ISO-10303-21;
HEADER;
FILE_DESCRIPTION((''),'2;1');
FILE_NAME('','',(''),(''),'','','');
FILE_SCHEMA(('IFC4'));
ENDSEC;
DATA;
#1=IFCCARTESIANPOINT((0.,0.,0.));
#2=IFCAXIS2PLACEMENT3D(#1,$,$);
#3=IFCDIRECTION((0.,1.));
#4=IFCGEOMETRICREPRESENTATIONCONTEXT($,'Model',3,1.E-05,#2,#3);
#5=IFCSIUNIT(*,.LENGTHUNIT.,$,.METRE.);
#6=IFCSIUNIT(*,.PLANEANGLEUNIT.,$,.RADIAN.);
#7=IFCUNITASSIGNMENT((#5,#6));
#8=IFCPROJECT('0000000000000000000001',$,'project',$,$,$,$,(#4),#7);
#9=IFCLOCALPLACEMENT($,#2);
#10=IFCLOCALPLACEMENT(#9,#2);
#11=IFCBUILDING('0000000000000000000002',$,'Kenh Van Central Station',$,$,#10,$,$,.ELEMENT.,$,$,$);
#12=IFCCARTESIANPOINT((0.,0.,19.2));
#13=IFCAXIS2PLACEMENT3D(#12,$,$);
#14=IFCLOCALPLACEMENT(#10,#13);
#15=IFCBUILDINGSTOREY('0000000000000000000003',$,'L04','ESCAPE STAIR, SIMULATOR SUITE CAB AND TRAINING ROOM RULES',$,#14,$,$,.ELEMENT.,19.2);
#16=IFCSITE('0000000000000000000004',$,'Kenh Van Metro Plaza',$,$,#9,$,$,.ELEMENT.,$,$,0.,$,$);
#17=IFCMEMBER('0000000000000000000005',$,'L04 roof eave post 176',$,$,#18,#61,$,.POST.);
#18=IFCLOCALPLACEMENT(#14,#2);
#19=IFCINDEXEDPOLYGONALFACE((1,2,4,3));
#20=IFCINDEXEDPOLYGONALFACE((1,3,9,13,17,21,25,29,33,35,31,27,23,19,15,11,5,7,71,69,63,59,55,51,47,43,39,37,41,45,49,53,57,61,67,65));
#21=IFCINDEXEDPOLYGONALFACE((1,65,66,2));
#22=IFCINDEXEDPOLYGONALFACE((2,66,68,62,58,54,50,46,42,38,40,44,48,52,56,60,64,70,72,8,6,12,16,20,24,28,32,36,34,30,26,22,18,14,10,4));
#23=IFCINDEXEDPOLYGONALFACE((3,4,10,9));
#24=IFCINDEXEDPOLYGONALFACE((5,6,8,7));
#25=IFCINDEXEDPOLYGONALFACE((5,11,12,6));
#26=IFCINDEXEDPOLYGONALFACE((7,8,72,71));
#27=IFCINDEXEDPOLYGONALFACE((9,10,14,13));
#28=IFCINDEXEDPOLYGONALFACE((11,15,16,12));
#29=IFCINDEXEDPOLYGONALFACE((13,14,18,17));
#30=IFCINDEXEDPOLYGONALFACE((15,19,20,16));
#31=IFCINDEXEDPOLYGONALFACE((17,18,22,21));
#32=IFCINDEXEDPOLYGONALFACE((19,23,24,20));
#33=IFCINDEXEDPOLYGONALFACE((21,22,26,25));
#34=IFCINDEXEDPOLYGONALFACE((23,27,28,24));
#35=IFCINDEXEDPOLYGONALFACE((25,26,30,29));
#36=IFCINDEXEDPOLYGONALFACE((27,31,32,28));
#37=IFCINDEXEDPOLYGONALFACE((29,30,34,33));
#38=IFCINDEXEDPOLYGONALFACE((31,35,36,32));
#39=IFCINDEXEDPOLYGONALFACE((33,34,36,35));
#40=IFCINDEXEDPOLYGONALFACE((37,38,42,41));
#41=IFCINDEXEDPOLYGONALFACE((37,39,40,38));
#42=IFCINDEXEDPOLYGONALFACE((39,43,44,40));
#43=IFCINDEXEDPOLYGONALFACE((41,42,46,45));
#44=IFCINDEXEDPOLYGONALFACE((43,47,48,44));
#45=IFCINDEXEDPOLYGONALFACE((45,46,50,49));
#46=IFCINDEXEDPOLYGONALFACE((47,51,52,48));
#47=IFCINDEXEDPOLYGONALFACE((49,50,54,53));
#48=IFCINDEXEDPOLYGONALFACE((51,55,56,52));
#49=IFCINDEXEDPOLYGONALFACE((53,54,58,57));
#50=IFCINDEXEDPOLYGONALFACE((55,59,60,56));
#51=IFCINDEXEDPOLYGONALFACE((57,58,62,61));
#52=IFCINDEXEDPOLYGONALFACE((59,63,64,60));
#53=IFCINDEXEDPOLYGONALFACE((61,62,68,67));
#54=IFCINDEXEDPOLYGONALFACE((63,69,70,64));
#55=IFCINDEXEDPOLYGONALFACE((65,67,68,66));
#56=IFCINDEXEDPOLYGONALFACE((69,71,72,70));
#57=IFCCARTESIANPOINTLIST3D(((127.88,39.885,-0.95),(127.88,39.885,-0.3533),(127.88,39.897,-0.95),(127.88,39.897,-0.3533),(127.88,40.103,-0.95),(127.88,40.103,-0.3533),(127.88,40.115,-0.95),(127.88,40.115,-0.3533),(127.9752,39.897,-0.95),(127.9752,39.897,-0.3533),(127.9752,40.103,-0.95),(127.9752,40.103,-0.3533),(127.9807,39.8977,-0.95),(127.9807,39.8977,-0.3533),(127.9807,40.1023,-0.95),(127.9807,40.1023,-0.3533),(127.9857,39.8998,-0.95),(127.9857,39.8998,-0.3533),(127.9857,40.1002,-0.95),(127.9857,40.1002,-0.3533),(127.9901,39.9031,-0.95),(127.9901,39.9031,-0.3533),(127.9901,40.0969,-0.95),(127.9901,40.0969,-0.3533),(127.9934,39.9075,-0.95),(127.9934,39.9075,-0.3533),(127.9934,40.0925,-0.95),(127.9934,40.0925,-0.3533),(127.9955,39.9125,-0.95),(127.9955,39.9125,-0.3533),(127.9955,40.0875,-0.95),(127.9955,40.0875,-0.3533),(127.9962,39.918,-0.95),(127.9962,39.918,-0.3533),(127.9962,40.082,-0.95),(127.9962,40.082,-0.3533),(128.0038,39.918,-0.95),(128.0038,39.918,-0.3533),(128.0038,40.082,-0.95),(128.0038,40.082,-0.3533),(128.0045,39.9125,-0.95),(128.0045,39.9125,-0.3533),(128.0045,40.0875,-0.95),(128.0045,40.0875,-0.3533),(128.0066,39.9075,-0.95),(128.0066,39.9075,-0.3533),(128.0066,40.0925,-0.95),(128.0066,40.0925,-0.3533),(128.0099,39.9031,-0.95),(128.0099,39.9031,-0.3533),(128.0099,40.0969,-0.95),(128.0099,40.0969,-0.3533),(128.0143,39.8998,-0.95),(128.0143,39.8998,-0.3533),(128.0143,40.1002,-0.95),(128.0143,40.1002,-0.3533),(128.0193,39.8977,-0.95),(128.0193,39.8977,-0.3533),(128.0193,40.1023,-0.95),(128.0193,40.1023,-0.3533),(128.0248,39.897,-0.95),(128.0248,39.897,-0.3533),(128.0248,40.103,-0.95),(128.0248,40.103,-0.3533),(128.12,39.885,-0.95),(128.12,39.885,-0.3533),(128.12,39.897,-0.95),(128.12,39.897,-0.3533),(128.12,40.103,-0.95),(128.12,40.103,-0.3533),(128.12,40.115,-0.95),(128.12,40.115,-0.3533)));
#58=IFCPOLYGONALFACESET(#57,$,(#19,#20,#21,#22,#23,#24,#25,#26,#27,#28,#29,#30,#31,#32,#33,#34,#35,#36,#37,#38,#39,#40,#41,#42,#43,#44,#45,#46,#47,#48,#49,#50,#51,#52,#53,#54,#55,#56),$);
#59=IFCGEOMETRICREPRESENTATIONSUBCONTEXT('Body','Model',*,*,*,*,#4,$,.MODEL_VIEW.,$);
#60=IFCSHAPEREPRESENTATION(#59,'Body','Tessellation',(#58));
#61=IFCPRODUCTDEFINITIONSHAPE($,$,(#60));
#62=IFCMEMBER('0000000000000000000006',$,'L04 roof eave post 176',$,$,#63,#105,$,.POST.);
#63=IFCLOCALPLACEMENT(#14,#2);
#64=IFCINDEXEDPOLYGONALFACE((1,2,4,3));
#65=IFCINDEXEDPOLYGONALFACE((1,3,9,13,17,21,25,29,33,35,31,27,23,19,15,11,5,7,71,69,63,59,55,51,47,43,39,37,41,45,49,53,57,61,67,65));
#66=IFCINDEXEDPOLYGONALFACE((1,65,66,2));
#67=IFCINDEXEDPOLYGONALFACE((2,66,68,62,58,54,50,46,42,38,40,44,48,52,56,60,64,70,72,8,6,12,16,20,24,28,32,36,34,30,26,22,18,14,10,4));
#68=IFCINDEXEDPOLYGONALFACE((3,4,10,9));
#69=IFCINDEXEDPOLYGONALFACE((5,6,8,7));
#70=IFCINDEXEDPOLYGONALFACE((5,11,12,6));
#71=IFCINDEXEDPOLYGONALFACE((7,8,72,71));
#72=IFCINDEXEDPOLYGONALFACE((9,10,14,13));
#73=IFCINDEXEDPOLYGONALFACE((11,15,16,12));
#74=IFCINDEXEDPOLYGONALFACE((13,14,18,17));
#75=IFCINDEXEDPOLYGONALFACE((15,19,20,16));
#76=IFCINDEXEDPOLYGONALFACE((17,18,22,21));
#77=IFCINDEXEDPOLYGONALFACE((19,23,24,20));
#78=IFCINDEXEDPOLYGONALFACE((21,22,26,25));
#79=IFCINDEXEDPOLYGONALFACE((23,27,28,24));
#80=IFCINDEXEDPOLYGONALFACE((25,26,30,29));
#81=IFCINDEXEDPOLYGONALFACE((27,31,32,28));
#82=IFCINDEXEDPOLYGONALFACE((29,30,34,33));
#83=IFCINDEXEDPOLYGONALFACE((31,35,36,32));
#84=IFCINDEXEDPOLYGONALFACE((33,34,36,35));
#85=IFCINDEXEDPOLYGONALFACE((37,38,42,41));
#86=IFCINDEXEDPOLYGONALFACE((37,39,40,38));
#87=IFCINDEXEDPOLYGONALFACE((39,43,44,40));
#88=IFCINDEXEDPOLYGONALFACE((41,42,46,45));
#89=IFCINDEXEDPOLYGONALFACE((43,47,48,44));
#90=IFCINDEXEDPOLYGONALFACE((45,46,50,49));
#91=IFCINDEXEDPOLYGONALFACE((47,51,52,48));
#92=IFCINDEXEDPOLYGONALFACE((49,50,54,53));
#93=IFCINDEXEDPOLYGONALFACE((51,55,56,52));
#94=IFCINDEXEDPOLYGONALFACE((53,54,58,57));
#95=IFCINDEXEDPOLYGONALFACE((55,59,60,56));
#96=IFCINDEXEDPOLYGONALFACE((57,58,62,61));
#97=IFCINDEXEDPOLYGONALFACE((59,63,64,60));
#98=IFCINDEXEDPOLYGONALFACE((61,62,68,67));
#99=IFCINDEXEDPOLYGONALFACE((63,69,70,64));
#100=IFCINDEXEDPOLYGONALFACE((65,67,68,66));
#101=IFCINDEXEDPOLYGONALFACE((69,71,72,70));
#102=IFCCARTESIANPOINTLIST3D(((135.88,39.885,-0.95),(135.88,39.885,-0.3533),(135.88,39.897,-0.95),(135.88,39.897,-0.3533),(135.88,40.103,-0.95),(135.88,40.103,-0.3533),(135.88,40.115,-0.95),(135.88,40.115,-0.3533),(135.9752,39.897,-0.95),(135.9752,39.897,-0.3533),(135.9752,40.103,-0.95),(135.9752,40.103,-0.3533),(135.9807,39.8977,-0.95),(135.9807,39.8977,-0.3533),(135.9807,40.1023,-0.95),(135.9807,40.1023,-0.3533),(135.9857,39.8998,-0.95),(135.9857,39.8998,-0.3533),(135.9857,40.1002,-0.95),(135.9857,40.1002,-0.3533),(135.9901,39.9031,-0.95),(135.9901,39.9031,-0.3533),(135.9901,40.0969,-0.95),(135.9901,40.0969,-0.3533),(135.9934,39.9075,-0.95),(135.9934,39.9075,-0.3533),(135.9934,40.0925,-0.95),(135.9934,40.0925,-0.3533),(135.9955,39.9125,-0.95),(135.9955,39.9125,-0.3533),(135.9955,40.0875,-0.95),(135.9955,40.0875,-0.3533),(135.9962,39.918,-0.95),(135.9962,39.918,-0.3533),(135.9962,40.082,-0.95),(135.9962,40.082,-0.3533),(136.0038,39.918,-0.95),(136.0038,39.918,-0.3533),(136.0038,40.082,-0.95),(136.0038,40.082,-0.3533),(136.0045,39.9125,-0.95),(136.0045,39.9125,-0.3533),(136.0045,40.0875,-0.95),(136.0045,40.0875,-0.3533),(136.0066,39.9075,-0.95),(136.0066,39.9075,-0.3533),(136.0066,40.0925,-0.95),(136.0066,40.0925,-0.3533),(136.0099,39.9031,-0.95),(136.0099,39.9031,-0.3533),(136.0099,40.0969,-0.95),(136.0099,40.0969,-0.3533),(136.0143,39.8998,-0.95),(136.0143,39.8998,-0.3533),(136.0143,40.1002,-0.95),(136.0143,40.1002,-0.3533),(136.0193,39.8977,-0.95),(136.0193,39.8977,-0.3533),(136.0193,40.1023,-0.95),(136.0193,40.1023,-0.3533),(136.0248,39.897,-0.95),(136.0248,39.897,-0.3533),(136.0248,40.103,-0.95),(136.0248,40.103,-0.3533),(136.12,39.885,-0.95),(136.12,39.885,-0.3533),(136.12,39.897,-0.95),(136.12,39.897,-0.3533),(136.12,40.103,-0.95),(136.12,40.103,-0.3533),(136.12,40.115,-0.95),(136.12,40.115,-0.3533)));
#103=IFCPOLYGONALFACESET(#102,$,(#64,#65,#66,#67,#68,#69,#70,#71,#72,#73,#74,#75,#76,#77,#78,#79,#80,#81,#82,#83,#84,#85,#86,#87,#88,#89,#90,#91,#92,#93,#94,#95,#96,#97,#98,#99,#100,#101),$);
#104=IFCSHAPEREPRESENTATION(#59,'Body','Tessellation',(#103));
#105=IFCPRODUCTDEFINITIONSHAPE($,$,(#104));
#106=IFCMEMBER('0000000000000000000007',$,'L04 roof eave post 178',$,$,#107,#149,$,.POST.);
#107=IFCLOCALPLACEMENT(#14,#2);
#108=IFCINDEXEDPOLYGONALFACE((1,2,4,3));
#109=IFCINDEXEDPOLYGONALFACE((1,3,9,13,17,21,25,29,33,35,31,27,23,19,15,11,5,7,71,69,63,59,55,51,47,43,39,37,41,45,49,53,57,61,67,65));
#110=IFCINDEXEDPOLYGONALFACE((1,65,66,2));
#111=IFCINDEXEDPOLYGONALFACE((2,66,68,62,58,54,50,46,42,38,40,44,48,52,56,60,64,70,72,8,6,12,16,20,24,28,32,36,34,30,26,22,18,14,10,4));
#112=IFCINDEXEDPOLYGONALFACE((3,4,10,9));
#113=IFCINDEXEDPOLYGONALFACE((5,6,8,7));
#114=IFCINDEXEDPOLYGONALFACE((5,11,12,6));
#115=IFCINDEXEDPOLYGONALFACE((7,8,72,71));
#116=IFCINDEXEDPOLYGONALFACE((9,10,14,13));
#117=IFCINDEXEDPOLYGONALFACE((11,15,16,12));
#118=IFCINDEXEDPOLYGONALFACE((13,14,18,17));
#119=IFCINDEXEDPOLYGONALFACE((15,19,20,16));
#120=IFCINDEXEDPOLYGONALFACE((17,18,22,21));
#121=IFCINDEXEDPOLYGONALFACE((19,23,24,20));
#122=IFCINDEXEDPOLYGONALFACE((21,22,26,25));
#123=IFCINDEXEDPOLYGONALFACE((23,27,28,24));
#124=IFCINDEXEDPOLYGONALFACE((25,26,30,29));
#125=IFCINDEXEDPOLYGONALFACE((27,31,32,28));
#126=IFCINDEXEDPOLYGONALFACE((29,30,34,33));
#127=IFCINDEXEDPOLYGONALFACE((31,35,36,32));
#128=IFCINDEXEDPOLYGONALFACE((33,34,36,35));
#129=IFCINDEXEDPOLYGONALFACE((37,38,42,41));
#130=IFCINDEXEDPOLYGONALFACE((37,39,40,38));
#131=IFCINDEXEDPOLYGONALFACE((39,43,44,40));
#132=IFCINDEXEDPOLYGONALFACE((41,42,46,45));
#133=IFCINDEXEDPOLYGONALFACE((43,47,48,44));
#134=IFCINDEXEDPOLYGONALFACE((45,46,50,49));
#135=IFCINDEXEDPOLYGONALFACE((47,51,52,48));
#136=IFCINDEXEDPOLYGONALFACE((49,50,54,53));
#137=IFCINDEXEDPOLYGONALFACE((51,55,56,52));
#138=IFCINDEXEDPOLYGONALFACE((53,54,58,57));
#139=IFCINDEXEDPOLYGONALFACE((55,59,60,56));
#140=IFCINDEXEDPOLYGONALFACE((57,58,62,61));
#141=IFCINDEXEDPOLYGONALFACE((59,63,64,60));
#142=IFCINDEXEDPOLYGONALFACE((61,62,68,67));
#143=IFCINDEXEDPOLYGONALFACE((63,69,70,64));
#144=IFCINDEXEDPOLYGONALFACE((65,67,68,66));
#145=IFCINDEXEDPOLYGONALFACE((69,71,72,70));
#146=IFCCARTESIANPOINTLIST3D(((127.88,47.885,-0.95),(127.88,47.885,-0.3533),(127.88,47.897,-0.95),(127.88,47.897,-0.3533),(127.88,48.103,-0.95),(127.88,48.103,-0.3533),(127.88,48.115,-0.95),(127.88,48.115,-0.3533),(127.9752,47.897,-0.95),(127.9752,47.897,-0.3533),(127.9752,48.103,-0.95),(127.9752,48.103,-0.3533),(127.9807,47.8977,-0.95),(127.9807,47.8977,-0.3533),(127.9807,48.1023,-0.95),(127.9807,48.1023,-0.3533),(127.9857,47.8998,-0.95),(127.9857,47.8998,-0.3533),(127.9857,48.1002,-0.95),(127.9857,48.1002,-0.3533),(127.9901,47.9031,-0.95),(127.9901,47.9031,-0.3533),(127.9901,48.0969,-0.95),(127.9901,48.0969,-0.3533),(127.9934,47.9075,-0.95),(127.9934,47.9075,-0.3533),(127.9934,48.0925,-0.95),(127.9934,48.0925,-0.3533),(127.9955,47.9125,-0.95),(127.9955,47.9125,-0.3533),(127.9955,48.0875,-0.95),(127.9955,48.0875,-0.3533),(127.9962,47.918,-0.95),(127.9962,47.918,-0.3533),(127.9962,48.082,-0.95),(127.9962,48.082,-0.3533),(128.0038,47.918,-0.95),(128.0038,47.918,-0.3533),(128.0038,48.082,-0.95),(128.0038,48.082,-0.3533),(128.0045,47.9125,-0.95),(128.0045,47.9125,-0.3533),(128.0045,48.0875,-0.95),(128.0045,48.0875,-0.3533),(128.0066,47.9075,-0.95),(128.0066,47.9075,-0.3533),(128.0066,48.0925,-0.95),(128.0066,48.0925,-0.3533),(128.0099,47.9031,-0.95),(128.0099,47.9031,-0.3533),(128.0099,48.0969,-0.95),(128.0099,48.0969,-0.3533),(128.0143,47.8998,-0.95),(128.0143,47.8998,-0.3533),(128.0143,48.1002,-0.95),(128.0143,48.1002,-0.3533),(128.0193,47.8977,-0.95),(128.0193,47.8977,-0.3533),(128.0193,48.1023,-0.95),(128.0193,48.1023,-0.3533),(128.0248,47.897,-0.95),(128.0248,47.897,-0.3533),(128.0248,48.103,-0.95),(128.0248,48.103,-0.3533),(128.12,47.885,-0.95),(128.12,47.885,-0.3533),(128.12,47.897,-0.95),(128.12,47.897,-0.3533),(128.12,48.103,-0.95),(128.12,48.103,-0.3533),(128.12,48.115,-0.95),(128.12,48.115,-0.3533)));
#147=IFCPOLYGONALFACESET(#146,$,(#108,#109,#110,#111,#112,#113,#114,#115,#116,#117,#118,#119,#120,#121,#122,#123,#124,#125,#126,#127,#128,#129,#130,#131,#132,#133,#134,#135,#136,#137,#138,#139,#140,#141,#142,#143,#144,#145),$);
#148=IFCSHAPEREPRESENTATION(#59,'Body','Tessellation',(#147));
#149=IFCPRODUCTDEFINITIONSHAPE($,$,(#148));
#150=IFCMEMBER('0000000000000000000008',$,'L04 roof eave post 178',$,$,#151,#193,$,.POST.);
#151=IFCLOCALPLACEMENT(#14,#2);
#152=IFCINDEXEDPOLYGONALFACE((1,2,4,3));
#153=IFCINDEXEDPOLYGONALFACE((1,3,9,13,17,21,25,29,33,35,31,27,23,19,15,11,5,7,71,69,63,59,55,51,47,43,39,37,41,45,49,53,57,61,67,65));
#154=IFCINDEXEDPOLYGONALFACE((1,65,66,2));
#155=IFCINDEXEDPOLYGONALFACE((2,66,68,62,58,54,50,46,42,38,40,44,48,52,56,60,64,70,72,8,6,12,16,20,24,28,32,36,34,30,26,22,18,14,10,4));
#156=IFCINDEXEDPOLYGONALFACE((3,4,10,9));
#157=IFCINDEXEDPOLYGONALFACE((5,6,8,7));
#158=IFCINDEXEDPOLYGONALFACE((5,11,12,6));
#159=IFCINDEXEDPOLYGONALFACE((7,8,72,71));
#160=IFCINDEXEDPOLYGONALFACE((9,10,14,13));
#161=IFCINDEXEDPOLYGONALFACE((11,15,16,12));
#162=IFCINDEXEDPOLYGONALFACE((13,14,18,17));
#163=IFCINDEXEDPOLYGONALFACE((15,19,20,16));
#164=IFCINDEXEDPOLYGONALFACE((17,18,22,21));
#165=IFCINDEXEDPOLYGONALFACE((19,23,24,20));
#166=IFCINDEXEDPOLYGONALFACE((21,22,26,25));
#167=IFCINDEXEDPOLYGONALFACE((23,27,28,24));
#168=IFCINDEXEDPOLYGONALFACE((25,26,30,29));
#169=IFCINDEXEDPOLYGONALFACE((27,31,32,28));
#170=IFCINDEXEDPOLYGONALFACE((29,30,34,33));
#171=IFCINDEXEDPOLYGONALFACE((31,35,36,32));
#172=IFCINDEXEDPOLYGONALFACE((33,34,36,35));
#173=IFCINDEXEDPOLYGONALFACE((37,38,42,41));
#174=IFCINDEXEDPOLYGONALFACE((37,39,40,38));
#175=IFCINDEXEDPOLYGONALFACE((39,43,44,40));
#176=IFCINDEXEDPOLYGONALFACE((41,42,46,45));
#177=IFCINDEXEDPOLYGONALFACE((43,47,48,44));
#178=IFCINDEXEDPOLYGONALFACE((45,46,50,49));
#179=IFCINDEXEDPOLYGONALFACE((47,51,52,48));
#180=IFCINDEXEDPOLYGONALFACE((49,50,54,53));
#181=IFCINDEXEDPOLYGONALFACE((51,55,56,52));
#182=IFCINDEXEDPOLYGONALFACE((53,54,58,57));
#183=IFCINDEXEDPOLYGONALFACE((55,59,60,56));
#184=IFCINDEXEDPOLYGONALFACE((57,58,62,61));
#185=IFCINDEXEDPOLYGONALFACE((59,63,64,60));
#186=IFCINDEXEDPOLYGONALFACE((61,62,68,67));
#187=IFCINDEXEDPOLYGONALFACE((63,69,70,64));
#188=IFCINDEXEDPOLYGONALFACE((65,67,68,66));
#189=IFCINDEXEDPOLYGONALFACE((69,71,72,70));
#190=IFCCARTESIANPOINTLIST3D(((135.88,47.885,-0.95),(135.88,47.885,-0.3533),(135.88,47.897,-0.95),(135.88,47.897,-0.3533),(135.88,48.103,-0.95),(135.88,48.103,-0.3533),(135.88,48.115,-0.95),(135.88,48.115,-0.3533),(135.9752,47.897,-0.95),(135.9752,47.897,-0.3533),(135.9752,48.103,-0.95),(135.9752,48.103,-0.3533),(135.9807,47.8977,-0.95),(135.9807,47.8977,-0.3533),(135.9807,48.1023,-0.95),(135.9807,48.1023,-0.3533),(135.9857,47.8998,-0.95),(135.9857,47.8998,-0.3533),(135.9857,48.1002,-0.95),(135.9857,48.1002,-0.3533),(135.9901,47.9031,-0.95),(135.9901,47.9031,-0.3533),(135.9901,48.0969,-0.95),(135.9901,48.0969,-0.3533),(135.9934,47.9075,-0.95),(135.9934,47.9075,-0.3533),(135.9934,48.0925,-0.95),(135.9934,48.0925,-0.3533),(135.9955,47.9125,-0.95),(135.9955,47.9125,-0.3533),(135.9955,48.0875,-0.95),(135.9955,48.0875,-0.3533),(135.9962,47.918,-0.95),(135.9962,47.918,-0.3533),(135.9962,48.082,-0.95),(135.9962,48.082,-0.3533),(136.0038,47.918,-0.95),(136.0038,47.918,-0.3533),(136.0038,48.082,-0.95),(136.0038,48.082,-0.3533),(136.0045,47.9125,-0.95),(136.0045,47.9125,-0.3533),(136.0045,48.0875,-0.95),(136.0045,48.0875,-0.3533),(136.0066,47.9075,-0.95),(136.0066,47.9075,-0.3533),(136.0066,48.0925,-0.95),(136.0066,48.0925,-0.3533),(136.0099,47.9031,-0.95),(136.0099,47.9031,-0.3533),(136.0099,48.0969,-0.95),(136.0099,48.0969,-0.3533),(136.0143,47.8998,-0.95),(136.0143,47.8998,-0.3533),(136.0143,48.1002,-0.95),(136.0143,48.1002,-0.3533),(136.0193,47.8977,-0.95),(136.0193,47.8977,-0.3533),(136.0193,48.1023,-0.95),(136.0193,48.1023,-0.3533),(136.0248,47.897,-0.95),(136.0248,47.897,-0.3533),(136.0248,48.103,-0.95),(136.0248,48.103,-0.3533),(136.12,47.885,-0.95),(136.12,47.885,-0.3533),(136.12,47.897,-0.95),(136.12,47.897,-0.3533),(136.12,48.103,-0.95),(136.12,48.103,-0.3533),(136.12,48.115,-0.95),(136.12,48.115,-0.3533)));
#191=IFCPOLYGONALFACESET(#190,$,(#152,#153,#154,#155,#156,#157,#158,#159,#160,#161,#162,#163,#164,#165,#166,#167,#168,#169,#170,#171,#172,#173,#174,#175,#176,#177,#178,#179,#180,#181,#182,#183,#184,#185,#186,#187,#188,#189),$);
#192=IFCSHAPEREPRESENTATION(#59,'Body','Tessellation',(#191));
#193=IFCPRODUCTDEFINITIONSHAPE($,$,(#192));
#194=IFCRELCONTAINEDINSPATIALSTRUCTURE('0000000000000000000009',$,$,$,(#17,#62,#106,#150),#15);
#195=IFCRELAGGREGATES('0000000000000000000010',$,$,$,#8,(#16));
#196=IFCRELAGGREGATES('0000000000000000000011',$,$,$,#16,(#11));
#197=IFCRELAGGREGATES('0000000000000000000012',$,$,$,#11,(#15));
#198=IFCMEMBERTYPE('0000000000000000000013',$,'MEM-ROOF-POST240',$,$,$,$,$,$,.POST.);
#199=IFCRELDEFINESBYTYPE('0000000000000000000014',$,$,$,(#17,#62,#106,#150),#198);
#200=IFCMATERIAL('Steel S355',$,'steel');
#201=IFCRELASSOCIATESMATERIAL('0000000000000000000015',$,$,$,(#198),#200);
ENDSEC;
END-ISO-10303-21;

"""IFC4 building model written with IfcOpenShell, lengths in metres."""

from ifc_helpers import new_model, si_unit, direction, frame, origin, origin_2d, place, context, subcontext, project, spatial, i_section, extrude, material, material_profile, profile_set, type_object, element, save


model = new_model("IFC4")

# Units and contexts
model_context = context("Model", 3, precision=1e-05, world=origin(), true_north=direction((0.0, 1.0)))
body_context = subcontext(model_context, "Body", "Model", "MODEL_VIEW")
ifc_project = project(units=[si_unit("LENGTHUNIT", "METRE"), si_unit("PLANEANGLEUNIT", "RADIAN")], contexts=[model_context])

# Site, building, storey
site_placement = place(None, origin())
site = spatial("IfcSite", under=ifc_project, at=site_placement, Name="Kenh Van Metro Plaza", CompositionType="ELEMENT", RefElevation=0.0)
building_placement = place(site_placement, origin())
building = spatial("IfcBuilding", under=site, at=building_placement, Name="Kenh Van Central Station", CompositionType="ELEMENT")
storey_placement = place(building_placement, frame((0.0, 0.0, 19.2)))
storey = spatial("IfcBuildingStorey", under=building, at=storey_placement, Name="L04", Description="ESCAPE STAIR, SIMULATOR SUITE CAB AND TRAINING ROOM RULES", CompositionType="ELEMENT", Elevation=19.2)

# Shared definitions
ifc_material_1 = material(Name="Steel S355", Category="steel")

# Members
ifc_material_profile_1 = material_profile(ifc_material_1, i_section(OverallWidth=0.24, OverallDepth=0.23, WebThickness=0.0076, FlangeThickness=0.012, FilletRadius=0.021, at=origin_2d()), Name="HEA 240")
ifc_profile_set_1 = profile_set([ifc_material_profile_1], Name="Steel S355")
member_type_1 = type_object("IfcMemberType", Name="MEM-ROOF-POST240", PredefinedType="POST", material=ifc_profile_set_1)
for number, where, z_axis, x_axis, name in (
    (1, (128.0, 40.0, -0.95), (0.0, 0.0, 1.0), (1.0, 0.0, 0.0), "L04 roof eave post 176"),
    (2, (136.0, 40.0, -0.95), (0.0, 0.0, 1.0), (1.0, 0.0, 0.0), "L04 roof eave post 176"),
    (3, (128.0, 48.0, -0.95), (0.0, 0.0, 1.0), (1.0, 0.0, 0.0), "L04 roof eave post 178"),
    (4, (136.0, 48.0, -0.95), (0.0, 0.0, 1.0), (1.0, 0.0, 0.0), "L04 roof eave post 178"),
):
    element("IfcMember", number, at=place(storey_placement, frame(where, z_axis=z_axis, x_axis=x_axis)), inside=storey, type_object=member_type_1, Name=name, PredefinedType="POST", context=body_context, shape_type="SweptSolid", body=[
        extrude(i_section(OverallWidth=0.24, OverallDepth=0.23, WebThickness=0.0076, FlangeThickness=0.012, FilletRadius=0.021, at=origin_2d()), origin(), (0.0, 0.0, 1.0), 0.5967),
    ])

save(model, "model.ifc")
